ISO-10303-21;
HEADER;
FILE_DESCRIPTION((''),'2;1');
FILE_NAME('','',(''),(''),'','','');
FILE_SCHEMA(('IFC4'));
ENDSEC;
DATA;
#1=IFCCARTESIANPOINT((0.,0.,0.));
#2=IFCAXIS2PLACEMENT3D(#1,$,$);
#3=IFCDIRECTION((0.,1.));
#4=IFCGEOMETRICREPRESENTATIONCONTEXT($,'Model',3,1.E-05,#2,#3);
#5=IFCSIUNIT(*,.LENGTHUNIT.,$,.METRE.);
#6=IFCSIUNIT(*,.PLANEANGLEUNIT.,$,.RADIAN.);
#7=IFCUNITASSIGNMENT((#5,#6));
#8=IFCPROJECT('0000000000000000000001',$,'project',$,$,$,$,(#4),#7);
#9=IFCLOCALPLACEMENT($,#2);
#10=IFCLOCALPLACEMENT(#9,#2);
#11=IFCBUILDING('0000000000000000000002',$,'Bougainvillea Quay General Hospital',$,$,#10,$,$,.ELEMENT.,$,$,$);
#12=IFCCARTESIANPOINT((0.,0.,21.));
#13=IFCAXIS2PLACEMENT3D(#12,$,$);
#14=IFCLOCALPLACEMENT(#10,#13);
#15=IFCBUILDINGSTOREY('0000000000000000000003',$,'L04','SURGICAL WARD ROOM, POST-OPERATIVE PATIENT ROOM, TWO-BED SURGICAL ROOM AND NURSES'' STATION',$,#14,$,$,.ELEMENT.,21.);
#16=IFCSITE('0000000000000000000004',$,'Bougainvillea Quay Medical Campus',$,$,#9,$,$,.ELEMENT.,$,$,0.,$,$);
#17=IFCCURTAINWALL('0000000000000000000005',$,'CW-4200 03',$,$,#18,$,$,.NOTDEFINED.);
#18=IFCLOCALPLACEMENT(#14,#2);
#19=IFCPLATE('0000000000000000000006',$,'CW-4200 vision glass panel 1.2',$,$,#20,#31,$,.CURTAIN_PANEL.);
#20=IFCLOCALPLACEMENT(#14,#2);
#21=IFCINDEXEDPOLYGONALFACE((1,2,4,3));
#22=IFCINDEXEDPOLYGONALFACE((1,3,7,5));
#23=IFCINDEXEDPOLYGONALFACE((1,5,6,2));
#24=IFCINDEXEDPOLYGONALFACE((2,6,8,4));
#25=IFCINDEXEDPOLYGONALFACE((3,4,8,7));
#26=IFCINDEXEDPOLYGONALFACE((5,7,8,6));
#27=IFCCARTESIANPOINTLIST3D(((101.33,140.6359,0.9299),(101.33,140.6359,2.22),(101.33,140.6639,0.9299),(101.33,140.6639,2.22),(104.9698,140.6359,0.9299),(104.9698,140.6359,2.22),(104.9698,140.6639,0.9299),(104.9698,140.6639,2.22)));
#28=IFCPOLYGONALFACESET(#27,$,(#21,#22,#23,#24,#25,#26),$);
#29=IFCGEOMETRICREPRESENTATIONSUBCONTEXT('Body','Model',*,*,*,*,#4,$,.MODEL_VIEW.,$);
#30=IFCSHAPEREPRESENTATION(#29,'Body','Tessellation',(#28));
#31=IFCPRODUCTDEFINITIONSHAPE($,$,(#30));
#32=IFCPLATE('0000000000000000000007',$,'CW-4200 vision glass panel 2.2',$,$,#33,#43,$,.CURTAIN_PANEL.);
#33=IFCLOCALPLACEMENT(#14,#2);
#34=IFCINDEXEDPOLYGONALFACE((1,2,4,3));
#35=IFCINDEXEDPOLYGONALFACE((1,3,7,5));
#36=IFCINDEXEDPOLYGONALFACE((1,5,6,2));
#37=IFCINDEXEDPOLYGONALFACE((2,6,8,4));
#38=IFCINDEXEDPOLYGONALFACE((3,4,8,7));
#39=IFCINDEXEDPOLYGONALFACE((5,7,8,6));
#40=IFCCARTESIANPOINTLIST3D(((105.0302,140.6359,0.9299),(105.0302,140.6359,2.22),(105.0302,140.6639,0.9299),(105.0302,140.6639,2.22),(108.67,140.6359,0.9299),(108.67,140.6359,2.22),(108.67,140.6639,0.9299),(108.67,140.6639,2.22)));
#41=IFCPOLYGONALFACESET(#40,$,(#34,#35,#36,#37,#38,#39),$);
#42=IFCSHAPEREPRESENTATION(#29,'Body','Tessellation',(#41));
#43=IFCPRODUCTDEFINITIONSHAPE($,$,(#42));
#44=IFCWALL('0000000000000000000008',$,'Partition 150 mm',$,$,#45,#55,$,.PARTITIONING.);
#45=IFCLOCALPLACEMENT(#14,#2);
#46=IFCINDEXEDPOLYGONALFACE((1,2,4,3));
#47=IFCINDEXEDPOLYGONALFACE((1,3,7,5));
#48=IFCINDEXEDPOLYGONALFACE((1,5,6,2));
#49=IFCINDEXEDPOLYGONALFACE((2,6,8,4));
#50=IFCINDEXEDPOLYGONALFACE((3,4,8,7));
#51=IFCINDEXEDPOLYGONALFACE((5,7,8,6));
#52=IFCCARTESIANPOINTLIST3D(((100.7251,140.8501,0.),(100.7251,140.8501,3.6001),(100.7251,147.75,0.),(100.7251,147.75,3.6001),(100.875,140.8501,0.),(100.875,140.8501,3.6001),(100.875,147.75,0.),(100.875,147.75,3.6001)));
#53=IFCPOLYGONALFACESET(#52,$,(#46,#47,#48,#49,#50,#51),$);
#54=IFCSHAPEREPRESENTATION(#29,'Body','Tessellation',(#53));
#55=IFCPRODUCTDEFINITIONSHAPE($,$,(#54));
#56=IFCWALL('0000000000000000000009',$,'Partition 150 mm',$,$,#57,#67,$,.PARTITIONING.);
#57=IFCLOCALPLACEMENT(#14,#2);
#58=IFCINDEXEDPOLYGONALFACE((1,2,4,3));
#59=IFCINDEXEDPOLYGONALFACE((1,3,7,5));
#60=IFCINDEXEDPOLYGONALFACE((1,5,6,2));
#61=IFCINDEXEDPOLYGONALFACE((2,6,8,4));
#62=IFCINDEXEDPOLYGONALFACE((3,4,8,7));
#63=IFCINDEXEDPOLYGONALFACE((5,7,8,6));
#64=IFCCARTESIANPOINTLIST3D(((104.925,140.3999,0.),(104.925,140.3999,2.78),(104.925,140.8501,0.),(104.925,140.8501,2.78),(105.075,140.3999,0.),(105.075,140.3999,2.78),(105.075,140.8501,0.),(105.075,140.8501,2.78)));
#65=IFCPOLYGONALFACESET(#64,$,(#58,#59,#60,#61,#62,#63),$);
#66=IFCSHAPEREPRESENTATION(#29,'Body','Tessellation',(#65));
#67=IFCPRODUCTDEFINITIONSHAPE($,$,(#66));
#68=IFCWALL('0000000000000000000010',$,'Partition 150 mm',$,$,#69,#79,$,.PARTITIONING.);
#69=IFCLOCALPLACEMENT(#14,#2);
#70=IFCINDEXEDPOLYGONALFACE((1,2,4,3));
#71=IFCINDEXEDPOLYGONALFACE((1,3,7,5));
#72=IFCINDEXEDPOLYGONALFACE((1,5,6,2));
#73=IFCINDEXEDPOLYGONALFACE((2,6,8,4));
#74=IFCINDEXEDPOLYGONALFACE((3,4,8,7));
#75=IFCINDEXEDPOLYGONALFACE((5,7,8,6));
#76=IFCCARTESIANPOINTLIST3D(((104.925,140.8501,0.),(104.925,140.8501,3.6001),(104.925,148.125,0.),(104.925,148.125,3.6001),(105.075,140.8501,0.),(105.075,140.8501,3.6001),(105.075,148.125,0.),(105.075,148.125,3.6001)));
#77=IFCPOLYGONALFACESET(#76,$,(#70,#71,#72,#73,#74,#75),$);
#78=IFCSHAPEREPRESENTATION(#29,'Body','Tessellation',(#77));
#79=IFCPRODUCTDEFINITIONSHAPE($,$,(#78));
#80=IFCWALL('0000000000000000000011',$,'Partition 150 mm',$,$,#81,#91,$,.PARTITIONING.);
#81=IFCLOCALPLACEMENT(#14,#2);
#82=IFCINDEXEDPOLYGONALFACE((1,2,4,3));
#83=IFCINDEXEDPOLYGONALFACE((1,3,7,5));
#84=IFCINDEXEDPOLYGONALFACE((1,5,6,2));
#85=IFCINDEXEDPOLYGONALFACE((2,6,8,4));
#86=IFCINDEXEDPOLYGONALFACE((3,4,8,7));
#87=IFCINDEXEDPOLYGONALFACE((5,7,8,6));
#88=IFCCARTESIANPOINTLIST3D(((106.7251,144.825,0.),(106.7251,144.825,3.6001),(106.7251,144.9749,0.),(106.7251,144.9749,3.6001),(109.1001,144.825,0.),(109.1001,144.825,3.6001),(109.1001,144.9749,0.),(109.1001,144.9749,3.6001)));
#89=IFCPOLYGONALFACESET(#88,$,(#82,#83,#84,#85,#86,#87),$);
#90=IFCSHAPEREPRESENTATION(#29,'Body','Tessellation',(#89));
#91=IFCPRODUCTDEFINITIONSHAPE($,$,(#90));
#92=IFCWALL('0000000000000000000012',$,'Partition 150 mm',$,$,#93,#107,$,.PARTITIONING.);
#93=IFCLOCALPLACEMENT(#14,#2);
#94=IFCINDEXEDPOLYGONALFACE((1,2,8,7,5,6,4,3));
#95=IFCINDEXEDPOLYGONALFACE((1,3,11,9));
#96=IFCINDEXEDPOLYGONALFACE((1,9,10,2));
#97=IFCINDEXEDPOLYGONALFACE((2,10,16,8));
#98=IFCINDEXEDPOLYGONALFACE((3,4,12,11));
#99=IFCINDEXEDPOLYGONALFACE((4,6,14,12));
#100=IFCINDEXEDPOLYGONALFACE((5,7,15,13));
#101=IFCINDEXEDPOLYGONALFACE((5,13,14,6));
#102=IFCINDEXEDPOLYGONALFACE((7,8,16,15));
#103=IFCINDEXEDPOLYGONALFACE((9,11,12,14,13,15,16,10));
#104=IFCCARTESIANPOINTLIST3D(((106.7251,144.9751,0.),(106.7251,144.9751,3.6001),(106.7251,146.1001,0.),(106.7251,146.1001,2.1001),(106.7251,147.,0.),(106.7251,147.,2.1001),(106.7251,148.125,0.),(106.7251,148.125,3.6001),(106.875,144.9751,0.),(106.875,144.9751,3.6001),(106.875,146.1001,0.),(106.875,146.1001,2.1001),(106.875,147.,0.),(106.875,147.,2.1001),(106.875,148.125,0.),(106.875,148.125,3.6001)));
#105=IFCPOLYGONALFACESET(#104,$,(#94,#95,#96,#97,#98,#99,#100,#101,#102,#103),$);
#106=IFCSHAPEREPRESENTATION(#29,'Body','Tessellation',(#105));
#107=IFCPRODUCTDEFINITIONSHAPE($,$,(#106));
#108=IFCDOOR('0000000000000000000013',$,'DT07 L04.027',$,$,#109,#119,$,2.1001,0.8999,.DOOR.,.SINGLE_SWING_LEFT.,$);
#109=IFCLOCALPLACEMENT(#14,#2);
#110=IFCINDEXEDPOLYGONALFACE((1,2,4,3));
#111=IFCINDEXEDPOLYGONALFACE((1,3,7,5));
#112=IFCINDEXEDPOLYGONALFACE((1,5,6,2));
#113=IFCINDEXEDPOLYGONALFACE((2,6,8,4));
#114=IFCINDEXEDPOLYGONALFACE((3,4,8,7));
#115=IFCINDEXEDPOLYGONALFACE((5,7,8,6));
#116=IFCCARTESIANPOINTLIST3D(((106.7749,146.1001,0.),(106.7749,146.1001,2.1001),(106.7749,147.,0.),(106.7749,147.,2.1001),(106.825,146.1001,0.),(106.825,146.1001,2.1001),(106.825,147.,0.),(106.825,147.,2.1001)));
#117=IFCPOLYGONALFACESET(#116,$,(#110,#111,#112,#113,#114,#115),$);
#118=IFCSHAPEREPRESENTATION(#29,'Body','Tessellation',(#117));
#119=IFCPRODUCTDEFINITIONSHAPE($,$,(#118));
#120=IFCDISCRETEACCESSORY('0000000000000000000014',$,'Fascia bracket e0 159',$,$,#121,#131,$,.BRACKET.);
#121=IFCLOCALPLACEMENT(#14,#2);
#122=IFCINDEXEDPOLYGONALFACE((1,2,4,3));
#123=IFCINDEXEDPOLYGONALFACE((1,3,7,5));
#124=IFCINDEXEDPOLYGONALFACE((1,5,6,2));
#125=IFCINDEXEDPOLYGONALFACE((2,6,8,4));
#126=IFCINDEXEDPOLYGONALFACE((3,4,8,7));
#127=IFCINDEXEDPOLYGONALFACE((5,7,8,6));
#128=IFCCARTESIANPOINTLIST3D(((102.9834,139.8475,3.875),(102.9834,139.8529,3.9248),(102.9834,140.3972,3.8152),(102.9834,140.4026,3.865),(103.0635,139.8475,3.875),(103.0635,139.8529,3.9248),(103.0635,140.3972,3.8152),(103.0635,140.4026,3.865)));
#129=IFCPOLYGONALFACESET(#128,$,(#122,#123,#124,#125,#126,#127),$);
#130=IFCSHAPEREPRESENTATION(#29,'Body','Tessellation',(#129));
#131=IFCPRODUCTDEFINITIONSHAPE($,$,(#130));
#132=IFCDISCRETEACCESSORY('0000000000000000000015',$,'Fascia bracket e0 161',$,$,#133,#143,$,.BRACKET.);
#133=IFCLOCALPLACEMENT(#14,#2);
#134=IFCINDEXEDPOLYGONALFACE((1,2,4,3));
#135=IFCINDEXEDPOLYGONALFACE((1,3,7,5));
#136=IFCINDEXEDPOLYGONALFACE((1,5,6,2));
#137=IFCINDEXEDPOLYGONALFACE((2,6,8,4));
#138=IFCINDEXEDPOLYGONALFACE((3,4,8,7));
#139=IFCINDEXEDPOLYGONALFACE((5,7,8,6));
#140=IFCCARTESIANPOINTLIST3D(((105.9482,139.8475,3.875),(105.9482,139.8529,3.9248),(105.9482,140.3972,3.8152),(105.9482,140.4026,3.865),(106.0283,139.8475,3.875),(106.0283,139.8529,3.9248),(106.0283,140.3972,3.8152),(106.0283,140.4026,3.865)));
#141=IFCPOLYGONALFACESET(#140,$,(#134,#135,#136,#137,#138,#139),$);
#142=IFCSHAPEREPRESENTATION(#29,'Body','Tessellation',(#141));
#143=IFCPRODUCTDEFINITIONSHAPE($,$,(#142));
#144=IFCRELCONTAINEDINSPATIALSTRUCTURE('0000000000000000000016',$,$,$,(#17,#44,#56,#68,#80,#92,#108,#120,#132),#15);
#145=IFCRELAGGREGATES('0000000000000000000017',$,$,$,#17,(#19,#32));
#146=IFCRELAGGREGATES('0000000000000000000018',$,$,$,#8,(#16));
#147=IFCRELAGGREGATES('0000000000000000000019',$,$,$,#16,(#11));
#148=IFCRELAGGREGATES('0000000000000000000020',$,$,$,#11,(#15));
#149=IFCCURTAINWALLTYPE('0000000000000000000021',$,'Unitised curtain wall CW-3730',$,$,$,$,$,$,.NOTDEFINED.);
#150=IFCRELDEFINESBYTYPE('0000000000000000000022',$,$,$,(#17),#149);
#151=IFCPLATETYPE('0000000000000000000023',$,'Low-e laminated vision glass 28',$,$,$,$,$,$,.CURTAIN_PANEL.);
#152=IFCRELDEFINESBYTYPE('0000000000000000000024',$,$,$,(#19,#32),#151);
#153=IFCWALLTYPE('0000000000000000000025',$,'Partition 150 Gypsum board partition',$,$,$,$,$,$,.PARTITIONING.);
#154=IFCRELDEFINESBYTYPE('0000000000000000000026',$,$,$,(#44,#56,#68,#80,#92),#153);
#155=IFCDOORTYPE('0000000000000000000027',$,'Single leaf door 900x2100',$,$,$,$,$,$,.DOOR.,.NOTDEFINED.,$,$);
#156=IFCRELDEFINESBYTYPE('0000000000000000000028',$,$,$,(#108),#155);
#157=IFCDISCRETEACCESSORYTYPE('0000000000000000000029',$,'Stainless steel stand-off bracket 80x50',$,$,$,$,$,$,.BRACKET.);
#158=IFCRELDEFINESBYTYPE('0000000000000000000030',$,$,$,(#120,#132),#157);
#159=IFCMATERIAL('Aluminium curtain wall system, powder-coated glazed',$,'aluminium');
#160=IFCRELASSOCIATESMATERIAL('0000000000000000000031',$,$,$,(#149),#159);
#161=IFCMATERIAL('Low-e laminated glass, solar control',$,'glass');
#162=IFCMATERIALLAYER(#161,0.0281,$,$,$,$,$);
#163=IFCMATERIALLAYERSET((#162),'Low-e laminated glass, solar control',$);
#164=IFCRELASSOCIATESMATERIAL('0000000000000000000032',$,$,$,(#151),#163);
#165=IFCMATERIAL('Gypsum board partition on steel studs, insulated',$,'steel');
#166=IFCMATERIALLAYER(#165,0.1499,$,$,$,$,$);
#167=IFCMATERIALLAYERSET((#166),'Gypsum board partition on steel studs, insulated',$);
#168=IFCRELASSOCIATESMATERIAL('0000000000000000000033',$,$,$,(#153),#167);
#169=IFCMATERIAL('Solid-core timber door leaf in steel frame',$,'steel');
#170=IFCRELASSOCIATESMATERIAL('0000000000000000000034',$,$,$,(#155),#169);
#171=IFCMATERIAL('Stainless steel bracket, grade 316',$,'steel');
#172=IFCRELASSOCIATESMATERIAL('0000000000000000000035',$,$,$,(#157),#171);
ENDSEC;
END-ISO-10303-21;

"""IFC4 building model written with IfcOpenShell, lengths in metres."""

from ifc_helpers import new_model, si_unit, direction, frame, frame_2d, origin, origin_2d, place, context, subcontext, project, spatial, rectangle, extrude, material, layer, layer_set, material_profile, profile_set, type_object, element, fill, aggregate, save


model = new_model("IFC4")

# Units and contexts
model_context = context("Model", 3, precision=1e-05, world=origin(), true_north=direction((0.0, 1.0)))
body_context = subcontext(model_context, "Body", "Model", "MODEL_VIEW")
ifc_project = project(units=[si_unit("LENGTHUNIT", "METRE"), si_unit("PLANEANGLEUNIT", "RADIAN")], contexts=[model_context])

# Site, building, storey
site_placement = place(None, origin())
site = spatial("IfcSite", under=ifc_project, at=site_placement, Name="Bougainvillea Quay Medical Campus", CompositionType="ELEMENT", RefElevation=0.0)
building_placement = place(site_placement, origin())
building = spatial("IfcBuilding", under=site, at=building_placement, Name="Bougainvillea Quay General Hospital", CompositionType="ELEMENT")
storey_placement = place(building_placement, frame((0.0, 0.0, 21.0)))
storey = spatial("IfcBuildingStorey", under=building, at=storey_placement, Name="L04", Description="SURGICAL WARD ROOM, POST-OPERATIVE PATIENT ROOM, TWO-BED SURGICAL ROOM AND NURSES' STATION", CompositionType="ELEMENT", Elevation=21.0)

# Curtain wall, plates
ifc_material_1 = material(Name="Aluminium curtain wall system, powder-coated glazed", Category="aluminium")
curtain_wall_type = type_object("IfcCurtainWallType", Name="Unitised curtain wall CW-3730", PredefinedType="NOTDEFINED", material=ifc_material_1)
curtain_wall_placement = place(storey_placement, origin())
curtain_wall = element("IfcCurtainWall", 1, at=curtain_wall_placement, inside=storey, type_object=curtain_wall_type, Name="CW-4200 03", PredefinedType="NOTDEFINED")
ifc_material_2 = material(Name="Low-e laminated glass, solar control", Category="glass")
ifc_layer_1 = layer(ifc_material_2, 0.0281)
ifc_layer_set_1 = layer_set([ifc_layer_1], Name="Low-e laminated glass, solar control")
plate_type_1 = type_object("IfcPlateType", Name="Low-e laminated vision glass 28", PredefinedType="CURTAIN_PANEL", material=ifc_layer_set_1)
plate_1_placement = place(storey_placement, frame((103.1499, 140.6499, 0.9299), z_axis=(0.0, 0.0, 1.0), x_axis=(1.0, 0.0, 0.0)))
plate_1 = element("IfcPlate", 2, at=plate_1_placement, type_object=plate_type_1, Name="CW-4200 vision glass panel 1.2", PredefinedType="CURTAIN_PANEL", context=body_context, shape_type="SweptSolid", body=[
    extrude(rectangle(XDim=3.6399, YDim=0.0281, at=origin_2d()), origin(), (0.0, 0.0, 1.0), 1.29),
])
plate_2_placement = place(storey_placement, frame((106.8501, 140.6499, 0.9299), z_axis=(0.0, 0.0, 1.0), x_axis=(1.0, 0.0, 0.0)))
plate_2 = element("IfcPlate", 3, at=plate_2_placement, type_object=plate_type_1, Name="CW-4200 vision glass panel 2.2", PredefinedType="CURTAIN_PANEL", context=body_context, shape_type="SweptSolid", body=[
    extrude(rectangle(XDim=3.6399, YDim=0.0281, at=origin_2d()), origin(), (0.0, 0.0, 1.0), 1.29),
])
aggregate(curtain_wall, [plate_1, plate_2])

# Walls
ifc_material_3 = material(Name="Gypsum board partition on steel studs, insulated", Category="steel")
ifc_layer_2 = layer(ifc_material_3, 0.1499)
ifc_layer_set_2 = layer_set([ifc_layer_2], Name="Gypsum board partition on steel studs, insulated")
wall_type = type_object("IfcWallType", Name="Partition 150 Gypsum board partition", PredefinedType="PARTITIONING", material=ifc_layer_set_2)
wall_1_placement = place(storey_placement, frame((100.8, 140.8501, 0.0), z_axis=(0.0, 0.0, 1.0), x_axis=(0.0, 1.0, 0.0)))
element("IfcWall", 4, at=wall_1_placement, inside=storey, type_object=wall_type, Name="Partition 150 mm", PredefinedType="PARTITIONING", context=body_context, shape_type="SweptSolid", body=[
    extrude(rectangle(XDim=6.8999, YDim=0.1499, at=frame_2d((3.45, 0.0))), origin(), (0.0, 0.0, 1.0), 3.6001),
])
wall_2_placement = place(storey_placement, frame((105.0, 140.3999, 0.0), z_axis=(0.0, 0.0, 1.0), x_axis=(0.0, 1.0, 0.0)))
element("IfcWall", 5, at=wall_2_placement, inside=storey, type_object=wall_type, Name="Partition 150 mm", PredefinedType="PARTITIONING", context=body_context, shape_type="SweptSolid", body=[
    extrude(rectangle(XDim=0.4502, YDim=0.1499, at=frame_2d((0.2251, 0.0))), origin(), (0.0, 0.0, 1.0), 2.78),
])
wall_3_placement = place(storey_placement, frame((105.0, 140.8501, 0.0), z_axis=(0.0, 0.0, 1.0), x_axis=(0.0, 1.0, 0.0)))
element("IfcWall", 6, at=wall_3_placement, inside=storey, type_object=wall_type, Name="Partition 150 mm", PredefinedType="PARTITIONING", context=body_context, shape_type="SweptSolid", body=[
    extrude(rectangle(XDim=7.2749, YDim=0.1499, at=frame_2d((3.6375, 0.0))), origin(), (0.0, 0.0, 1.0), 3.6001),
])
wall_4_placement = place(storey_placement, frame((106.7251, 144.8999, 0.0), z_axis=(0.0, 0.0, 1.0), x_axis=(1.0, 0.0, 0.0)))
element("IfcWall", 7, at=wall_4_placement, inside=storey, type_object=wall_type, Name="Partition 150 mm", PredefinedType="PARTITIONING", context=body_context, shape_type="SweptSolid", body=[
    extrude(rectangle(XDim=2.375, YDim=0.1499, at=frame_2d((1.1875, 0.0))), origin(), (0.0, 0.0, 1.0), 3.6001),
])

# Wall, opening, door
wall_5_placement = place(storey_placement, frame((106.8, 144.9751, 0.0), z_axis=(0.0, 0.0, 1.0), x_axis=(0.0, 1.0, 0.0)))
wall_5 = element("IfcWall", 8, at=wall_5_placement, inside=storey, type_object=wall_type, Name="Partition 150 mm", PredefinedType="PARTITIONING", context=body_context, shape_type="SweptSolid", body=[
    extrude(rectangle(XDim=3.1499, YDim=0.1499, at=frame_2d((1.575, 0.0))), origin(), (0.0, 0.0, 1.0), 3.6001),
])
opening_placement = place(wall_5_placement, frame((1.125, 0.0, 0.0)))
opening = element("IfcOpeningElement", 9, at=opening_placement, cuts=wall_5, PredefinedType="OPENING", context=body_context, shape_type="SweptSolid", body=[
    extrude(rectangle(XDim=0.8999, YDim=2.1001, at=frame_2d((0.45, 1.05))), frame((0.0, 0.085, 0.0), z_axis=(0.0, -1.0, 0.0), x_axis=(1.0, 0.0, 0.0)), (0.0, 0.0, 1.0), 0.1699),
])
ifc_material_4 = material(Name="Solid-core timber door leaf in steel frame", Category="steel")
door_type = type_object("IfcDoorType", Name="Single leaf door 900x2100", OperationType="NOTDEFINED", PredefinedType="DOOR", material=ifc_material_4)
door_placement = place(opening_placement, frame((0.8999, 0.0, 0.0), z_axis=(0.0, 0.0, 1.0), x_axis=(-1.0, 0.0, 0.0)))
door = element("IfcDoor", 10, at=door_placement, inside=storey, type_object=door_type, Name="DT07 L04.027", OperationType="SINGLE_SWING_LEFT", OverallHeight=2.1001, OverallWidth=0.8999, PredefinedType="DOOR", context=body_context, shape_type="SweptSolid", body=[
    extrude(rectangle(XDim=0.8999, YDim=2.1001, at=frame_2d((0.45, 1.05))), frame((0.0, 0.0249, 0.0), z_axis=(0.0, -1.0, 0.0), x_axis=(1.0, 0.0, 0.0)), (0.0, 0.0, 1.0), 0.05),
])
fill(opening, door)

# Discrete accessories
ifc_material_5 = material(Name="Stainless steel bracket, grade 316", Category="steel")
ifc_material_profile_1 = material_profile(ifc_material_5, rectangle(XDim=0.0801, YDim=0.05, at=origin_2d()))
ifc_profile_set_1 = profile_set([ifc_material_profile_1], Name="Stainless steel bracket, grade 316")
discrete_accessory_type = type_object("IfcDiscreteAccessoryType", Name="Stainless steel stand-off bracket 80x50", PredefinedType="BRACKET", material=ifc_profile_set_1)
for number, where, z_axis, x_axis, name in (
    (11, (103.0234, 140.3999, 3.8401), (0.0, -0.994134, 0.108154), (1.0, 0.0, 0.0), "Fascia bracket e0 159"),
    (12, (105.9883, 140.3999, 3.8401), (0.0, -0.994134, 0.108154), (1.0, 0.0, 0.0), "Fascia bracket e0 161"),
):
    element("IfcDiscreteAccessory", number, at=place(storey_placement, frame(where, z_axis=z_axis, x_axis=x_axis)), inside=storey, type_object=discrete_accessory_type, Name=name, PredefinedType="BRACKET", context=body_context, shape_type="SweptSolid", body=[
        extrude(rectangle(XDim=0.0801, YDim=0.05, at=origin_2d()), origin(), (0.0, 0.0, 1.0), 0.553),
    ])

save(model, "model.ifc")
